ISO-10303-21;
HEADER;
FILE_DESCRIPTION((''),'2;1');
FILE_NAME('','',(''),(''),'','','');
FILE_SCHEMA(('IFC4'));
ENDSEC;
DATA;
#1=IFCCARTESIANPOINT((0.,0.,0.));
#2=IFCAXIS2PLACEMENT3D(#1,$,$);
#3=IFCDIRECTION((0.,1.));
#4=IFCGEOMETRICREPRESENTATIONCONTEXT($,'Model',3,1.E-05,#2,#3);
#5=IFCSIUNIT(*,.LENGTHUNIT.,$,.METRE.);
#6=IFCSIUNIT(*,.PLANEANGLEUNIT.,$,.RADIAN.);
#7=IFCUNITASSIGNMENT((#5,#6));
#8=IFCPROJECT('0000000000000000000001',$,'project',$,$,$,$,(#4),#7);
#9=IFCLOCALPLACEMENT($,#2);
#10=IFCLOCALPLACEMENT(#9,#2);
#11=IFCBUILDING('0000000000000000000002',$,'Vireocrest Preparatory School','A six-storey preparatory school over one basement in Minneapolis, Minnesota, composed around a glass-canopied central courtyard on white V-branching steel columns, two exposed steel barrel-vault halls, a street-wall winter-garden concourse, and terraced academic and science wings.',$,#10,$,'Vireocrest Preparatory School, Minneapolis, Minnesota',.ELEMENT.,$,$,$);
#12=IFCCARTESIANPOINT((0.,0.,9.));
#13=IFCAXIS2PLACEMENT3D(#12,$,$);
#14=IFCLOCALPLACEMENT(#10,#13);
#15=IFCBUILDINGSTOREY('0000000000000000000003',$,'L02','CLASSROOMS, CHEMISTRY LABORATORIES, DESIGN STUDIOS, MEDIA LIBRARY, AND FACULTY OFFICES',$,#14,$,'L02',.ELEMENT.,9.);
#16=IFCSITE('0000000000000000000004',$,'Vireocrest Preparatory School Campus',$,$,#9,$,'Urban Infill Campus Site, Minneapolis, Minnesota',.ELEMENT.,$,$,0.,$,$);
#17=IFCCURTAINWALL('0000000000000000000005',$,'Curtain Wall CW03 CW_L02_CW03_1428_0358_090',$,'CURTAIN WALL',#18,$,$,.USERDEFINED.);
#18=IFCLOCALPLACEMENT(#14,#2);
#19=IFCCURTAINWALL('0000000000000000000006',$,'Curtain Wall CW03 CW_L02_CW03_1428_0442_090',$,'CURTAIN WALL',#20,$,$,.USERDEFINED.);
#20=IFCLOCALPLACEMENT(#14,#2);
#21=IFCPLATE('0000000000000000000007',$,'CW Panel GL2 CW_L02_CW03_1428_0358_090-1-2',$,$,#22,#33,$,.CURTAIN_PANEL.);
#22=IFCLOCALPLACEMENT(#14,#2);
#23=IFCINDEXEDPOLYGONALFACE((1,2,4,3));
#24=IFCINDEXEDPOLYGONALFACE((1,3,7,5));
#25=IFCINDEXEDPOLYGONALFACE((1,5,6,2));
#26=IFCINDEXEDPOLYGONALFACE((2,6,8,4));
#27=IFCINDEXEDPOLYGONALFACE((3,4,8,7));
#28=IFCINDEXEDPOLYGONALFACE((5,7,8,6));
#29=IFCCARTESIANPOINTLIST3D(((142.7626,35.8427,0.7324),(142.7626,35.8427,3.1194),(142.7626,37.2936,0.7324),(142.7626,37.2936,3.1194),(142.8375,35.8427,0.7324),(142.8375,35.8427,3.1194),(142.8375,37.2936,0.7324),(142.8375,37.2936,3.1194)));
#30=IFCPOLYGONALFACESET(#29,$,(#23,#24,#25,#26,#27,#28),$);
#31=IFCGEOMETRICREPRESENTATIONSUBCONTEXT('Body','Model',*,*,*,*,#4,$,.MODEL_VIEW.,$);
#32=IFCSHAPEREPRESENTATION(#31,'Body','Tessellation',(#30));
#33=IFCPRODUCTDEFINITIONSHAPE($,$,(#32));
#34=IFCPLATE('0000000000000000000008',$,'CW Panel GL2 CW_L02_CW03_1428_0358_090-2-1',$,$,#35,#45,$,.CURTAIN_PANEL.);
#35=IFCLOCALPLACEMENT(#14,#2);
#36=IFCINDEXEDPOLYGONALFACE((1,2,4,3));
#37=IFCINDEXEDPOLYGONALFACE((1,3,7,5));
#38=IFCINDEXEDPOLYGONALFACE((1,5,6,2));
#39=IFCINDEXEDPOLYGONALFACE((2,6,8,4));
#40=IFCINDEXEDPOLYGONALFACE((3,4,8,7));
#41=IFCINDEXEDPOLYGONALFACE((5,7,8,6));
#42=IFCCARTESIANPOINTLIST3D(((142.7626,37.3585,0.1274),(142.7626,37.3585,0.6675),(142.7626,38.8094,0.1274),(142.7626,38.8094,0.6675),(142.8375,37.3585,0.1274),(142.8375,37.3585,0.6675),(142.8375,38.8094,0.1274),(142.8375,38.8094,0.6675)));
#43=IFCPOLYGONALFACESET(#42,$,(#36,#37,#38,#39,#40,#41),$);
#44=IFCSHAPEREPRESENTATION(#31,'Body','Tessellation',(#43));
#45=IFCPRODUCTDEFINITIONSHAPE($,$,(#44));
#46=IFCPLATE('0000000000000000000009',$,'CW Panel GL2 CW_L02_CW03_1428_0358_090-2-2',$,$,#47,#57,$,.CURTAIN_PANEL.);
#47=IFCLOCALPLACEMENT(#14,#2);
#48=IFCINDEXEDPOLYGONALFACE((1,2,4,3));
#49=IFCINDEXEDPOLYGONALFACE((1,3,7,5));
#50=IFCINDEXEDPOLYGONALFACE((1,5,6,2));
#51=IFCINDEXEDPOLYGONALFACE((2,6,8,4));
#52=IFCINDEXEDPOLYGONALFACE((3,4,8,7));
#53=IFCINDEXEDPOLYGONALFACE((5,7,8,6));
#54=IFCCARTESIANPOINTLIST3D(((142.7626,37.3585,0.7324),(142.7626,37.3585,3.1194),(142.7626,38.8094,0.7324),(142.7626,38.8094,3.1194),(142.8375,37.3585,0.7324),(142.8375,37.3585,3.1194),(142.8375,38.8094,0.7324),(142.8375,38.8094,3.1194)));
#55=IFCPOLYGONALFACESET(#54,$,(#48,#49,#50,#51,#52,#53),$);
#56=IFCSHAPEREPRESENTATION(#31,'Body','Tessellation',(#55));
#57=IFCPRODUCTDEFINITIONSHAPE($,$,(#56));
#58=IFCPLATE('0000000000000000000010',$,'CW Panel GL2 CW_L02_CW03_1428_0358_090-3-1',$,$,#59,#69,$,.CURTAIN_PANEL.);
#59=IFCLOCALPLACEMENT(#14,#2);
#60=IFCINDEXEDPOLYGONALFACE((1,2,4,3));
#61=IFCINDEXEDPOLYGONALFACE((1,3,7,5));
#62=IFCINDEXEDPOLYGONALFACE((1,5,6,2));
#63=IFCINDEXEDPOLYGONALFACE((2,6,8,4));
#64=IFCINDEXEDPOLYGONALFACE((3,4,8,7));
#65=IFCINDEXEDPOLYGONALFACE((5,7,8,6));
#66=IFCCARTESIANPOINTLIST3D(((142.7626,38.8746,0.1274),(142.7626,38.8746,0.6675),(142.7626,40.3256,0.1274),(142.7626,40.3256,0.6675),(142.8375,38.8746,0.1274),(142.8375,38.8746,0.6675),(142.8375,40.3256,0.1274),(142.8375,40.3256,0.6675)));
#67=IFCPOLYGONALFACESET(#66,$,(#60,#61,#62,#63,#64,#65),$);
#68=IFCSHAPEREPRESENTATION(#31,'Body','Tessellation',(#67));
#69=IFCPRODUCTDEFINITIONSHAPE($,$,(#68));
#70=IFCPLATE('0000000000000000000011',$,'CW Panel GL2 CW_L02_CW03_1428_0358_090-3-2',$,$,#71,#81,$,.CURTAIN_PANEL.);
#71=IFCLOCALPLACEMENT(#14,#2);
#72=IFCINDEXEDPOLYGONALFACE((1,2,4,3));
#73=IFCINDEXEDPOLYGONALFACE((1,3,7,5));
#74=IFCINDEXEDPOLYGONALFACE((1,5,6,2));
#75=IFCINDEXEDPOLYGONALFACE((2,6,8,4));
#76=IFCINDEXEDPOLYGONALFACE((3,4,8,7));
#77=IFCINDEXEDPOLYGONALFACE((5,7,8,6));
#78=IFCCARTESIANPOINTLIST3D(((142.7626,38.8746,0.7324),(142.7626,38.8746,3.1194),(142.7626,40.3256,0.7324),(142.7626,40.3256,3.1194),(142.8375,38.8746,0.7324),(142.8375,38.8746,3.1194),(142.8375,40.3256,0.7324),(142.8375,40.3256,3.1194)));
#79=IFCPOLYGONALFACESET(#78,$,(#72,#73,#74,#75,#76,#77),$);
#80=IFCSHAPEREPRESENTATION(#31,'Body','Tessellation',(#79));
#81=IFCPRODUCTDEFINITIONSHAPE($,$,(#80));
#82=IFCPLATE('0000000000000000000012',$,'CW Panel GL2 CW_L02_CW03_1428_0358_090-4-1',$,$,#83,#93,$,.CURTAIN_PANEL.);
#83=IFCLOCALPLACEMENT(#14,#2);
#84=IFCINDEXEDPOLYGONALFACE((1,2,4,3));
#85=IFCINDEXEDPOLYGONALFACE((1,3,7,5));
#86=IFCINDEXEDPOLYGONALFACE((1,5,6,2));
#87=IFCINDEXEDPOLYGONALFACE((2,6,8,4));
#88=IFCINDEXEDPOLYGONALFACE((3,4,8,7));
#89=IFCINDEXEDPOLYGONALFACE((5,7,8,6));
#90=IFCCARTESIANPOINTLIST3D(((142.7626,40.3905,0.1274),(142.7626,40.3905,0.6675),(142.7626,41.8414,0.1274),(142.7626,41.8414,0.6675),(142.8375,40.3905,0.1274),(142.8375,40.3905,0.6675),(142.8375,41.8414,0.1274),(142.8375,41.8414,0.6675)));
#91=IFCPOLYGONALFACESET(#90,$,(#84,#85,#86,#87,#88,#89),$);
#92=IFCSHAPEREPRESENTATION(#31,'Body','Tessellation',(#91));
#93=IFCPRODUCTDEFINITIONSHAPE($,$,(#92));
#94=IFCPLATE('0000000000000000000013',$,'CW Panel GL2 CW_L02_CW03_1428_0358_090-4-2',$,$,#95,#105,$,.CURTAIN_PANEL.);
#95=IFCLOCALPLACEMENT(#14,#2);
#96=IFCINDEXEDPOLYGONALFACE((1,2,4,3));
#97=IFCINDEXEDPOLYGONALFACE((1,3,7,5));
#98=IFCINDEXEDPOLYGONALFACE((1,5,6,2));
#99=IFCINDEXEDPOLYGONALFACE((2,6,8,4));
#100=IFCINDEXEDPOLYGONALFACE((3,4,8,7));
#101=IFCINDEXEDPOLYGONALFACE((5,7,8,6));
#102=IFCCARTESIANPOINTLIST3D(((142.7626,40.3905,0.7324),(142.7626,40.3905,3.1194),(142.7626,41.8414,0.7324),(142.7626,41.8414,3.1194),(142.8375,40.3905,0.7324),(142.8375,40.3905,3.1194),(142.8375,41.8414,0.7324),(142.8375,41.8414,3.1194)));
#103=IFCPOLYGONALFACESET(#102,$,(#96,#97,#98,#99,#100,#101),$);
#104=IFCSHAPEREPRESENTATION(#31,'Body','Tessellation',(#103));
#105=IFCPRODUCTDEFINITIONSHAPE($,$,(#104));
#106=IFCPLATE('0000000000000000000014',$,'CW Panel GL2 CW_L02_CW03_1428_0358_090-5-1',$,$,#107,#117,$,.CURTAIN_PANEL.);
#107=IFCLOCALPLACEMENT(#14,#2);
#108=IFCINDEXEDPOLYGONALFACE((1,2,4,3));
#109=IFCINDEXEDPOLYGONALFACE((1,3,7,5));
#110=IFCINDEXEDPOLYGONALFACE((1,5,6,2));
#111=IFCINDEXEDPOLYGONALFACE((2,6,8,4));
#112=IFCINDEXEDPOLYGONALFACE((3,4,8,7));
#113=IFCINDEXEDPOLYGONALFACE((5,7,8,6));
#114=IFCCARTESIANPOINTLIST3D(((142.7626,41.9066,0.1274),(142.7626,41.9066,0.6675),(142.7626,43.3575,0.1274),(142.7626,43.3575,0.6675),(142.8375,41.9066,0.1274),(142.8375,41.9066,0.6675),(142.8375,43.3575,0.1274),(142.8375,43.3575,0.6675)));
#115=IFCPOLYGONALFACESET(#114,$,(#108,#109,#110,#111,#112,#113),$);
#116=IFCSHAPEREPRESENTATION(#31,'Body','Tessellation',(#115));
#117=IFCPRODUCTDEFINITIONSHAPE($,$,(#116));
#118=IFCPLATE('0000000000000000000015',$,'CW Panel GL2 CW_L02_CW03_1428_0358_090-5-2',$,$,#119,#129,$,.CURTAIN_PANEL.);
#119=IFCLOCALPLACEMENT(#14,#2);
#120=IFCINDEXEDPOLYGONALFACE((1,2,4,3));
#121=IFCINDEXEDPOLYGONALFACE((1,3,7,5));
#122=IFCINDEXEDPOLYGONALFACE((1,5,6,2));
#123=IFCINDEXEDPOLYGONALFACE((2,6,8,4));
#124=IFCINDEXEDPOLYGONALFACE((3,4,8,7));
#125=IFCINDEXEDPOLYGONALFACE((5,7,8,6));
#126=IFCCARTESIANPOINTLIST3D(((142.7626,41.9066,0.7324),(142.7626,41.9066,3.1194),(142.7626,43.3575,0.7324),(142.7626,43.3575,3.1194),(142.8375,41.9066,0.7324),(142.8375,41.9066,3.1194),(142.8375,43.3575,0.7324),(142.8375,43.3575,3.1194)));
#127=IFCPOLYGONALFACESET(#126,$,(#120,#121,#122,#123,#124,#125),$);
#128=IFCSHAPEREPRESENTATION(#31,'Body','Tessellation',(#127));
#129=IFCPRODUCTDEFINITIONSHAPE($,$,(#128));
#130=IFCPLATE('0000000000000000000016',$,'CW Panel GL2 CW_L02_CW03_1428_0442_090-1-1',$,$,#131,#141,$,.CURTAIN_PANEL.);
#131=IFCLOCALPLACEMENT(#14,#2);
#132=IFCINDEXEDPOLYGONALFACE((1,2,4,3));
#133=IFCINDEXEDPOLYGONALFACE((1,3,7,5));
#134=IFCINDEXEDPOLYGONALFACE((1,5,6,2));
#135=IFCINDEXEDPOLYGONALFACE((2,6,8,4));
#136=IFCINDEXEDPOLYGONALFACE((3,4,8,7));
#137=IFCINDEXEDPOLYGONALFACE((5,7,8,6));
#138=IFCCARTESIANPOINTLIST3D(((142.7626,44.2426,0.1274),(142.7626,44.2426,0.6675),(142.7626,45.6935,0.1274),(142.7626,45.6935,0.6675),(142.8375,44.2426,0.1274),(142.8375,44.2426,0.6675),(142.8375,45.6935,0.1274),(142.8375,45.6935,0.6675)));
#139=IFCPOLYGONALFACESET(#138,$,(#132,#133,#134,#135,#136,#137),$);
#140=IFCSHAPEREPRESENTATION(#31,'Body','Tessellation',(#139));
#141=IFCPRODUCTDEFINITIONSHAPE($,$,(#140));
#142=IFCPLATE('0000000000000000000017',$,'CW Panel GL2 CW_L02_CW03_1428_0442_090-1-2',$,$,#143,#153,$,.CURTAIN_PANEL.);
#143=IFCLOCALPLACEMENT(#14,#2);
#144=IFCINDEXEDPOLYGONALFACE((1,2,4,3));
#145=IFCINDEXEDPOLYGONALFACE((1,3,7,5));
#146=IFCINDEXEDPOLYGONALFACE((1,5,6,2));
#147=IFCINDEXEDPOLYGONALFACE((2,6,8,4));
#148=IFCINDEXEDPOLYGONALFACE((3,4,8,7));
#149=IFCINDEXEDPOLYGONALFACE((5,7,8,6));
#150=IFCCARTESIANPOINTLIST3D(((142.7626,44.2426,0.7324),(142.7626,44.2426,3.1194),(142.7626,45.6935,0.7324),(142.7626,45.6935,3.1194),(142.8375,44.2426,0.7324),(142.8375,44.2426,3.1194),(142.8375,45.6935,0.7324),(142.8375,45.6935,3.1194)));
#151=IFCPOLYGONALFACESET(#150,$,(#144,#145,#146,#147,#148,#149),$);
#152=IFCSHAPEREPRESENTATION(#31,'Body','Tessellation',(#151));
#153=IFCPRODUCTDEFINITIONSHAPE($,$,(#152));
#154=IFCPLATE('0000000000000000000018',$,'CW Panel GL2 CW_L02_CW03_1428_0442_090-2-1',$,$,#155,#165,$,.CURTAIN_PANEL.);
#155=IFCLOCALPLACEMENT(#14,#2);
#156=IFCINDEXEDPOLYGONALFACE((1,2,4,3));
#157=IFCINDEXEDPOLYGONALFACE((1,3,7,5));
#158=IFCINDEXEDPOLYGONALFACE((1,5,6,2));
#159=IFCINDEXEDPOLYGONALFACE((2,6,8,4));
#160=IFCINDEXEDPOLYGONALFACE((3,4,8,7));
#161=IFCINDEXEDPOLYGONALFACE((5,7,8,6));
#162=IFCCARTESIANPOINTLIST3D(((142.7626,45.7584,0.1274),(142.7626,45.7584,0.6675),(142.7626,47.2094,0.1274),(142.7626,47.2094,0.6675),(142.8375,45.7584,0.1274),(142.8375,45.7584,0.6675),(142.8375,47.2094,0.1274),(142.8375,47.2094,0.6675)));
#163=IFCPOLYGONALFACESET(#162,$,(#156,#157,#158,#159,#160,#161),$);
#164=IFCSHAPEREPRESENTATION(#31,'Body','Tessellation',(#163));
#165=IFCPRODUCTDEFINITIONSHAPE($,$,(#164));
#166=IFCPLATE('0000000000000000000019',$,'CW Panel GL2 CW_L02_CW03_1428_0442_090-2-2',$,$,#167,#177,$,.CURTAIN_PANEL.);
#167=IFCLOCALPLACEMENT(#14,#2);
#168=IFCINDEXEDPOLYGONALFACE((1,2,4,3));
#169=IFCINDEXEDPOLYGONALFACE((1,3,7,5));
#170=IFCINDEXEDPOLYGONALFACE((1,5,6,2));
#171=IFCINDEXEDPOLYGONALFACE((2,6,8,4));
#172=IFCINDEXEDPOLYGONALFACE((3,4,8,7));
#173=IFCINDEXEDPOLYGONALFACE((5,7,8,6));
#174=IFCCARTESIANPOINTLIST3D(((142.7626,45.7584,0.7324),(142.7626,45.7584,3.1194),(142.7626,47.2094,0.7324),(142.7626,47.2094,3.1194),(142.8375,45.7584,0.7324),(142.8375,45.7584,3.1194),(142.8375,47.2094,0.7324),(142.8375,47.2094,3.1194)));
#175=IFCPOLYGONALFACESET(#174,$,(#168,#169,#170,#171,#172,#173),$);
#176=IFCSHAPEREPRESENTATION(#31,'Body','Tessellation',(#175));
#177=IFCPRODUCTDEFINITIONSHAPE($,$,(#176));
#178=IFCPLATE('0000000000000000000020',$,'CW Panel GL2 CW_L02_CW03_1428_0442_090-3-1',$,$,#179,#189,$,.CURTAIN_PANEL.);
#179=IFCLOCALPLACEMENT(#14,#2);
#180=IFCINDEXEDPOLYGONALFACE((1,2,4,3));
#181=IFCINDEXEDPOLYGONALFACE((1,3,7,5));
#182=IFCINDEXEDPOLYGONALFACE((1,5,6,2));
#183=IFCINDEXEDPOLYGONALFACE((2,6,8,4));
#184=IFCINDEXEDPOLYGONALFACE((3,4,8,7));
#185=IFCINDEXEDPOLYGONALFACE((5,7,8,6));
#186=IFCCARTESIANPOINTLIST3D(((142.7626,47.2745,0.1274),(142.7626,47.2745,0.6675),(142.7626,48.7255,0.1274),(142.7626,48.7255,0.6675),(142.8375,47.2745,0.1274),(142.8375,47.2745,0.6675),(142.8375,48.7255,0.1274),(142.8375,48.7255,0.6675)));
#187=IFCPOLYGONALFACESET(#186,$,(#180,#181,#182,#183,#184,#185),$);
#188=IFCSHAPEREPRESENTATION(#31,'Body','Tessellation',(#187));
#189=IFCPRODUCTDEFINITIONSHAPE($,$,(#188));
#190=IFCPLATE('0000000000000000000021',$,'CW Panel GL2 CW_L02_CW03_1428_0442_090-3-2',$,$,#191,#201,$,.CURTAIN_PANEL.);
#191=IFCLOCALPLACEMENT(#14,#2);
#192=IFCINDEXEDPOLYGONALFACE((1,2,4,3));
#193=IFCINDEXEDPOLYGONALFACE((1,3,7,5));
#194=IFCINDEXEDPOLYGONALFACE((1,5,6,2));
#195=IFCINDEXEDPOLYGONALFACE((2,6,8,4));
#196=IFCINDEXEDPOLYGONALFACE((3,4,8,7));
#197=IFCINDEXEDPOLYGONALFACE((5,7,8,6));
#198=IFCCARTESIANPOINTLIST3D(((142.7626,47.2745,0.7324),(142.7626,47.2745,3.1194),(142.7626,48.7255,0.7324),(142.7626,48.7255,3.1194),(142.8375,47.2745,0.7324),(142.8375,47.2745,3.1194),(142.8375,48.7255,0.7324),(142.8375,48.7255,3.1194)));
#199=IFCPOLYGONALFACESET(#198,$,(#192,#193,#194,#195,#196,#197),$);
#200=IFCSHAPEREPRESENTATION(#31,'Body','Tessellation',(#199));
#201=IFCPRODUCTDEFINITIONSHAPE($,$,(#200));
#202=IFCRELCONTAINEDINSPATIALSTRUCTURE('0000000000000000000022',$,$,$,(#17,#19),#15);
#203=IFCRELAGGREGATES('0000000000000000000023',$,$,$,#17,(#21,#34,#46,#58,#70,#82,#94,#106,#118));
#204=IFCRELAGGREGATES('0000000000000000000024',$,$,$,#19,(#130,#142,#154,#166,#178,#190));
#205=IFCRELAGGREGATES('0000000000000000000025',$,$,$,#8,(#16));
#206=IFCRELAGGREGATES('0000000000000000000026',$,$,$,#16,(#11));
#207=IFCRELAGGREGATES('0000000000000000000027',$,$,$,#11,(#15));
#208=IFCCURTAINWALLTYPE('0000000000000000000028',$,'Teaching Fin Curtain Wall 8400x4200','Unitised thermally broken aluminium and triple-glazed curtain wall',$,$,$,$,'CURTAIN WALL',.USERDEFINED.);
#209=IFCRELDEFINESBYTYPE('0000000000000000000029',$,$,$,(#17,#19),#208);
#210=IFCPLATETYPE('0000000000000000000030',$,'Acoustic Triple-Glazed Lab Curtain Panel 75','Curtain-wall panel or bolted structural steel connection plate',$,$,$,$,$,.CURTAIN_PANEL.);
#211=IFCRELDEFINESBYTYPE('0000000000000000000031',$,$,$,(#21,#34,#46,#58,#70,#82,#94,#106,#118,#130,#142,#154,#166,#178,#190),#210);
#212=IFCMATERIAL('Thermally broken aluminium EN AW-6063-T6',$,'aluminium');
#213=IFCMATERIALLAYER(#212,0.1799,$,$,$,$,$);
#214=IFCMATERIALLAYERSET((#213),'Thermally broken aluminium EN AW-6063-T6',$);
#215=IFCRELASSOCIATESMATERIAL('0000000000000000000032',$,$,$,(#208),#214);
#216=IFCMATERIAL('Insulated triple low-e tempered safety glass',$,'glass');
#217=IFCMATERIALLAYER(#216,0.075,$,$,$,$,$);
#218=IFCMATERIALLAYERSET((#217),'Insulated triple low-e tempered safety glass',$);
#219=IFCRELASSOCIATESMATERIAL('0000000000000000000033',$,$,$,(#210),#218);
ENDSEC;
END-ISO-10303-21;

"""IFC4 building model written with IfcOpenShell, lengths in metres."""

from ifc_helpers import new_model, si_unit, direction, frame, origin, origin_2d, place, context, subcontext, project, spatial, rectangle, extrude, material, layer, layer_set, type_object, element, aggregate, save


model = new_model("IFC4")

# Units and contexts
model_context = context("Model", 3, precision=1e-05, world=origin(), true_north=direction((0.0, 1.0)))
body_context = subcontext(model_context, "Body", "Model", "MODEL_VIEW")
ifc_project = project(units=[si_unit("LENGTHUNIT", "METRE"), si_unit("PLANEANGLEUNIT", "RADIAN")], contexts=[model_context])

# Site, building, storey
site_placement = place(None, origin())
site = spatial("IfcSite", under=ifc_project, at=site_placement, Name="Vireocrest Preparatory School Campus", LongName="Urban Infill Campus Site, Minneapolis, Minnesota", CompositionType="ELEMENT", RefElevation=0.0)
building_placement = place(site_placement, origin())
building = spatial("IfcBuilding", under=site, at=building_placement, Name="Vireocrest Preparatory School", Description="A six-storey preparatory school over one basement in Minneapolis, Minnesota, composed around a glass-canopied central courtyard on white V-branching steel columns, two exposed steel barrel-vault halls, a street-wall winter-garden concourse, and terraced academic and science wings.", LongName="Vireocrest Preparatory School, Minneapolis, Minnesota", CompositionType="ELEMENT")
storey_placement = place(building_placement, frame((0.0, 0.0, 9.0)))
storey = spatial("IfcBuildingStorey", under=building, at=storey_placement, Name="L02", Description="CLASSROOMS, CHEMISTRY LABORATORIES, DESIGN STUDIOS, MEDIA LIBRARY, AND FACULTY OFFICES", LongName="L02", CompositionType="ELEMENT", Elevation=9.0)

# Curtain walls
ifc_material_1 = material(Name="Thermally broken aluminium EN AW-6063-T6", Category="aluminium")
ifc_layer_1 = layer(ifc_material_1, 0.1799)
ifc_layer_set_1 = layer_set([ifc_layer_1], Name="Thermally broken aluminium EN AW-6063-T6")
curtain_wall_type = type_object("IfcCurtainWallType", Name="Teaching Fin Curtain Wall 8400x4200", Description="Unitised thermally broken aluminium and triple-glazed curtain wall", ElementType="CURTAIN WALL", PredefinedType="USERDEFINED", material=ifc_layer_set_1)
curtain_wall_1_placement = place(storey_placement, origin())
curtain_wall_1 = element("IfcCurtainWall", 1, at=curtain_wall_1_placement, inside=storey, type_object=curtain_wall_type, Name="Curtain Wall CW03 CW_L02_CW03_1428_0358_090", ObjectType="CURTAIN WALL", PredefinedType="USERDEFINED")
curtain_wall_2_placement = place(storey_placement, origin())
curtain_wall_2 = element("IfcCurtainWall", 2, at=curtain_wall_2_placement, inside=storey, type_object=curtain_wall_type, Name="Curtain Wall CW03 CW_L02_CW03_1428_0442_090", ObjectType="CURTAIN WALL", PredefinedType="USERDEFINED")

# Plates
ifc_material_2 = material(Name="Insulated triple low-e tempered safety glass", Category="glass")
ifc_layer_2 = layer(ifc_material_2, 0.075)
ifc_layer_set_2 = layer_set([ifc_layer_2], Name="Insulated triple low-e tempered safety glass")
plate_type = type_object("IfcPlateType", Name="Acoustic Triple-Glazed Lab Curtain Panel 75", Description="Curtain-wall panel or bolted structural steel connection plate", PredefinedType="CURTAIN_PANEL", material=ifc_layer_set_2)
plate_1_placement = place(storey_placement, frame((142.8, 36.5681, 0.7324), z_axis=(0.0, 0.0, 1.0), x_axis=(0.0, 1.0, 0.0)))
plate_1 = element("IfcPlate", 3, at=plate_1_placement, type_object=plate_type, Name="CW Panel GL2 CW_L02_CW03_1428_0358_090-1-2", PredefinedType="CURTAIN_PANEL", context=body_context, shape_type="SweptSolid", body=[
    extrude(rectangle(XDim=1.4509, YDim=0.075, at=origin_2d()), origin(), (0.0, 0.0, 1.0), 2.387),
])
plate_2_placement = place(storey_placement, frame((142.8, 38.084, 0.1274), z_axis=(0.0, 0.0, 1.0), x_axis=(0.0, 1.0, 0.0)))
plate_2 = element("IfcPlate", 4, at=plate_2_placement, type_object=plate_type, Name="CW Panel GL2 CW_L02_CW03_1428_0358_090-2-1", PredefinedType="CURTAIN_PANEL", context=body_context, shape_type="SweptSolid", body=[
    extrude(rectangle(XDim=1.4509, YDim=0.075, at=origin_2d()), origin(), (0.0, 0.0, 1.0), 0.54),
])
plate_3_placement = place(storey_placement, frame((142.8, 38.084, 0.7324), z_axis=(0.0, 0.0, 1.0), x_axis=(0.0, 1.0, 0.0)))
plate_3 = element("IfcPlate", 5, at=plate_3_placement, type_object=plate_type, Name="CW Panel GL2 CW_L02_CW03_1428_0358_090-2-2", PredefinedType="CURTAIN_PANEL", context=body_context, shape_type="SweptSolid", body=[
    extrude(rectangle(XDim=1.4509, YDim=0.075, at=origin_2d()), origin(), (0.0, 0.0, 1.0), 2.387),
])
plate_4_placement = place(storey_placement, frame((142.8, 39.6001, 0.1274), z_axis=(0.0, 0.0, 1.0), x_axis=(0.0, 1.0, 0.0)))
plate_4 = element("IfcPlate", 6, at=plate_4_placement, type_object=plate_type, Name="CW Panel GL2 CW_L02_CW03_1428_0358_090-3-1", PredefinedType="CURTAIN_PANEL", context=body_context, shape_type="SweptSolid", body=[
    extrude(rectangle(XDim=1.4509, YDim=0.075, at=origin_2d()), origin(), (0.0, 0.0, 1.0), 0.54),
])
plate_5_placement = place(storey_placement, frame((142.8, 39.6001, 0.7324), z_axis=(0.0, 0.0, 1.0), x_axis=(0.0, 1.0, 0.0)))
plate_5 = element("IfcPlate", 7, at=plate_5_placement, type_object=plate_type, Name="CW Panel GL2 CW_L02_CW03_1428_0358_090-3-2", PredefinedType="CURTAIN_PANEL", context=body_context, shape_type="SweptSolid", body=[
    extrude(rectangle(XDim=1.4509, YDim=0.075, at=origin_2d()), origin(), (0.0, 0.0, 1.0), 2.387),
])
plate_6_placement = place(storey_placement, frame((142.8, 41.116, 0.1274), z_axis=(0.0, 0.0, 1.0), x_axis=(0.0, 1.0, 0.0)))
plate_6 = element("IfcPlate", 8, at=plate_6_placement, type_object=plate_type, Name="CW Panel GL2 CW_L02_CW03_1428_0358_090-4-1", PredefinedType="CURTAIN_PANEL", context=body_context, shape_type="SweptSolid", body=[
    extrude(rectangle(XDim=1.4509, YDim=0.075, at=origin_2d()), origin(), (0.0, 0.0, 1.0), 0.54),
])
plate_7_placement = place(storey_placement, frame((142.8, 41.116, 0.7324), z_axis=(0.0, 0.0, 1.0), x_axis=(0.0, 1.0, 0.0)))
plate_7 = element("IfcPlate", 9, at=plate_7_placement, type_object=plate_type, Name="CW Panel GL2 CW_L02_CW03_1428_0358_090-4-2", PredefinedType="CURTAIN_PANEL", context=body_context, shape_type="SweptSolid", body=[
    extrude(rectangle(XDim=1.4509, YDim=0.075, at=origin_2d()), origin(), (0.0, 0.0, 1.0), 2.387),
])
plate_8_placement = place(storey_placement, frame((142.8, 42.6321, 0.1274), z_axis=(0.0, 0.0, 1.0), x_axis=(0.0, 1.0, 0.0)))
plate_8 = element("IfcPlate", 10, at=plate_8_placement, type_object=plate_type, Name="CW Panel GL2 CW_L02_CW03_1428_0358_090-5-1", PredefinedType="CURTAIN_PANEL", context=body_context, shape_type="SweptSolid", body=[
    extrude(rectangle(XDim=1.4509, YDim=0.075, at=origin_2d()), origin(), (0.0, 0.0, 1.0), 0.54),
])
plate_9_placement = place(storey_placement, frame((142.8, 42.6321, 0.7324), z_axis=(0.0, 0.0, 1.0), x_axis=(0.0, 1.0, 0.0)))
plate_9 = element("IfcPlate", 11, at=plate_9_placement, type_object=plate_type, Name="CW Panel GL2 CW_L02_CW03_1428_0358_090-5-2", PredefinedType="CURTAIN_PANEL", context=body_context, shape_type="SweptSolid", body=[
    extrude(rectangle(XDim=1.4509, YDim=0.075, at=origin_2d()), origin(), (0.0, 0.0, 1.0), 2.387),
])
aggregate(curtain_wall_1, [plate_1, plate_2, plate_3, plate_4, plate_5, plate_6, plate_7, plate_8, plate_9])
plate_10_placement = place(storey_placement, frame((142.8, 44.968, 0.1274), z_axis=(0.0, 0.0, 1.0), x_axis=(0.0, 1.0, 0.0)))
plate_10 = element("IfcPlate", 12, at=plate_10_placement, type_object=plate_type, Name="CW Panel GL2 CW_L02_CW03_1428_0442_090-1-1", PredefinedType="CURTAIN_PANEL", context=body_context, shape_type="SweptSolid", body=[
    extrude(rectangle(XDim=1.4509, YDim=0.075, at=origin_2d()), origin(), (0.0, 0.0, 1.0), 0.54),
])
plate_11_placement = place(storey_placement, frame((142.8, 44.968, 0.7324), z_axis=(0.0, 0.0, 1.0), x_axis=(0.0, 1.0, 0.0)))
plate_11 = element("IfcPlate", 13, at=plate_11_placement, type_object=plate_type, Name="CW Panel GL2 CW_L02_CW03_1428_0442_090-1-2", PredefinedType="CURTAIN_PANEL", context=body_context, shape_type="SweptSolid", body=[
    extrude(rectangle(XDim=1.4509, YDim=0.075, at=origin_2d()), origin(), (0.0, 0.0, 1.0), 2.387),
])
plate_12_placement = place(storey_placement, frame((142.8, 46.4839, 0.1274), z_axis=(0.0, 0.0, 1.0), x_axis=(0.0, 1.0, 0.0)))
plate_12 = element("IfcPlate", 14, at=plate_12_placement, type_object=plate_type, Name="CW Panel GL2 CW_L02_CW03_1428_0442_090-2-1", PredefinedType="CURTAIN_PANEL", context=body_context, shape_type="SweptSolid", body=[
    extrude(rectangle(XDim=1.4509, YDim=0.075, at=origin_2d()), origin(), (0.0, 0.0, 1.0), 0.54),
])
plate_13_placement = place(storey_placement, frame((142.8, 46.4839, 0.7324), z_axis=(0.0, 0.0, 1.0), x_axis=(0.0, 1.0, 0.0)))
plate_13 = element("IfcPlate", 15, at=plate_13_placement, type_object=plate_type, Name="CW Panel GL2 CW_L02_CW03_1428_0442_090-2-2", PredefinedType="CURTAIN_PANEL", context=body_context, shape_type="SweptSolid", body=[
    extrude(rectangle(XDim=1.4509, YDim=0.075, at=origin_2d()), origin(), (0.0, 0.0, 1.0), 2.387),
])
plate_14_placement = place(storey_placement, frame((142.8, 48.0, 0.1274), z_axis=(0.0, 0.0, 1.0), x_axis=(0.0, 1.0, 0.0)))
plate_14 = element("IfcPlate", 16, at=plate_14_placement, type_object=plate_type, Name="CW Panel GL2 CW_L02_CW03_1428_0442_090-3-1", PredefinedType="CURTAIN_PANEL", context=body_context, shape_type="SweptSolid", body=[
    extrude(rectangle(XDim=1.4509, YDim=0.075, at=origin_2d()), origin(), (0.0, 0.0, 1.0), 0.54),
])
plate_15_placement = place(storey_placement, frame((142.8, 48.0, 0.7324), z_axis=(0.0, 0.0, 1.0), x_axis=(0.0, 1.0, 0.0)))
plate_15 = element("IfcPlate", 17, at=plate_15_placement, type_object=plate_type, Name="CW Panel GL2 CW_L02_CW03_1428_0442_090-3-2", PredefinedType="CURTAIN_PANEL", context=body_context, shape_type="SweptSolid", body=[
    extrude(rectangle(XDim=1.4509, YDim=0.075, at=origin_2d()), origin(), (0.0, 0.0, 1.0), 2.387),
])
aggregate(curtain_wall_2, [plate_10, plate_11, plate_12, plate_13, plate_14, plate_15])

save(model, "model.ifc")
